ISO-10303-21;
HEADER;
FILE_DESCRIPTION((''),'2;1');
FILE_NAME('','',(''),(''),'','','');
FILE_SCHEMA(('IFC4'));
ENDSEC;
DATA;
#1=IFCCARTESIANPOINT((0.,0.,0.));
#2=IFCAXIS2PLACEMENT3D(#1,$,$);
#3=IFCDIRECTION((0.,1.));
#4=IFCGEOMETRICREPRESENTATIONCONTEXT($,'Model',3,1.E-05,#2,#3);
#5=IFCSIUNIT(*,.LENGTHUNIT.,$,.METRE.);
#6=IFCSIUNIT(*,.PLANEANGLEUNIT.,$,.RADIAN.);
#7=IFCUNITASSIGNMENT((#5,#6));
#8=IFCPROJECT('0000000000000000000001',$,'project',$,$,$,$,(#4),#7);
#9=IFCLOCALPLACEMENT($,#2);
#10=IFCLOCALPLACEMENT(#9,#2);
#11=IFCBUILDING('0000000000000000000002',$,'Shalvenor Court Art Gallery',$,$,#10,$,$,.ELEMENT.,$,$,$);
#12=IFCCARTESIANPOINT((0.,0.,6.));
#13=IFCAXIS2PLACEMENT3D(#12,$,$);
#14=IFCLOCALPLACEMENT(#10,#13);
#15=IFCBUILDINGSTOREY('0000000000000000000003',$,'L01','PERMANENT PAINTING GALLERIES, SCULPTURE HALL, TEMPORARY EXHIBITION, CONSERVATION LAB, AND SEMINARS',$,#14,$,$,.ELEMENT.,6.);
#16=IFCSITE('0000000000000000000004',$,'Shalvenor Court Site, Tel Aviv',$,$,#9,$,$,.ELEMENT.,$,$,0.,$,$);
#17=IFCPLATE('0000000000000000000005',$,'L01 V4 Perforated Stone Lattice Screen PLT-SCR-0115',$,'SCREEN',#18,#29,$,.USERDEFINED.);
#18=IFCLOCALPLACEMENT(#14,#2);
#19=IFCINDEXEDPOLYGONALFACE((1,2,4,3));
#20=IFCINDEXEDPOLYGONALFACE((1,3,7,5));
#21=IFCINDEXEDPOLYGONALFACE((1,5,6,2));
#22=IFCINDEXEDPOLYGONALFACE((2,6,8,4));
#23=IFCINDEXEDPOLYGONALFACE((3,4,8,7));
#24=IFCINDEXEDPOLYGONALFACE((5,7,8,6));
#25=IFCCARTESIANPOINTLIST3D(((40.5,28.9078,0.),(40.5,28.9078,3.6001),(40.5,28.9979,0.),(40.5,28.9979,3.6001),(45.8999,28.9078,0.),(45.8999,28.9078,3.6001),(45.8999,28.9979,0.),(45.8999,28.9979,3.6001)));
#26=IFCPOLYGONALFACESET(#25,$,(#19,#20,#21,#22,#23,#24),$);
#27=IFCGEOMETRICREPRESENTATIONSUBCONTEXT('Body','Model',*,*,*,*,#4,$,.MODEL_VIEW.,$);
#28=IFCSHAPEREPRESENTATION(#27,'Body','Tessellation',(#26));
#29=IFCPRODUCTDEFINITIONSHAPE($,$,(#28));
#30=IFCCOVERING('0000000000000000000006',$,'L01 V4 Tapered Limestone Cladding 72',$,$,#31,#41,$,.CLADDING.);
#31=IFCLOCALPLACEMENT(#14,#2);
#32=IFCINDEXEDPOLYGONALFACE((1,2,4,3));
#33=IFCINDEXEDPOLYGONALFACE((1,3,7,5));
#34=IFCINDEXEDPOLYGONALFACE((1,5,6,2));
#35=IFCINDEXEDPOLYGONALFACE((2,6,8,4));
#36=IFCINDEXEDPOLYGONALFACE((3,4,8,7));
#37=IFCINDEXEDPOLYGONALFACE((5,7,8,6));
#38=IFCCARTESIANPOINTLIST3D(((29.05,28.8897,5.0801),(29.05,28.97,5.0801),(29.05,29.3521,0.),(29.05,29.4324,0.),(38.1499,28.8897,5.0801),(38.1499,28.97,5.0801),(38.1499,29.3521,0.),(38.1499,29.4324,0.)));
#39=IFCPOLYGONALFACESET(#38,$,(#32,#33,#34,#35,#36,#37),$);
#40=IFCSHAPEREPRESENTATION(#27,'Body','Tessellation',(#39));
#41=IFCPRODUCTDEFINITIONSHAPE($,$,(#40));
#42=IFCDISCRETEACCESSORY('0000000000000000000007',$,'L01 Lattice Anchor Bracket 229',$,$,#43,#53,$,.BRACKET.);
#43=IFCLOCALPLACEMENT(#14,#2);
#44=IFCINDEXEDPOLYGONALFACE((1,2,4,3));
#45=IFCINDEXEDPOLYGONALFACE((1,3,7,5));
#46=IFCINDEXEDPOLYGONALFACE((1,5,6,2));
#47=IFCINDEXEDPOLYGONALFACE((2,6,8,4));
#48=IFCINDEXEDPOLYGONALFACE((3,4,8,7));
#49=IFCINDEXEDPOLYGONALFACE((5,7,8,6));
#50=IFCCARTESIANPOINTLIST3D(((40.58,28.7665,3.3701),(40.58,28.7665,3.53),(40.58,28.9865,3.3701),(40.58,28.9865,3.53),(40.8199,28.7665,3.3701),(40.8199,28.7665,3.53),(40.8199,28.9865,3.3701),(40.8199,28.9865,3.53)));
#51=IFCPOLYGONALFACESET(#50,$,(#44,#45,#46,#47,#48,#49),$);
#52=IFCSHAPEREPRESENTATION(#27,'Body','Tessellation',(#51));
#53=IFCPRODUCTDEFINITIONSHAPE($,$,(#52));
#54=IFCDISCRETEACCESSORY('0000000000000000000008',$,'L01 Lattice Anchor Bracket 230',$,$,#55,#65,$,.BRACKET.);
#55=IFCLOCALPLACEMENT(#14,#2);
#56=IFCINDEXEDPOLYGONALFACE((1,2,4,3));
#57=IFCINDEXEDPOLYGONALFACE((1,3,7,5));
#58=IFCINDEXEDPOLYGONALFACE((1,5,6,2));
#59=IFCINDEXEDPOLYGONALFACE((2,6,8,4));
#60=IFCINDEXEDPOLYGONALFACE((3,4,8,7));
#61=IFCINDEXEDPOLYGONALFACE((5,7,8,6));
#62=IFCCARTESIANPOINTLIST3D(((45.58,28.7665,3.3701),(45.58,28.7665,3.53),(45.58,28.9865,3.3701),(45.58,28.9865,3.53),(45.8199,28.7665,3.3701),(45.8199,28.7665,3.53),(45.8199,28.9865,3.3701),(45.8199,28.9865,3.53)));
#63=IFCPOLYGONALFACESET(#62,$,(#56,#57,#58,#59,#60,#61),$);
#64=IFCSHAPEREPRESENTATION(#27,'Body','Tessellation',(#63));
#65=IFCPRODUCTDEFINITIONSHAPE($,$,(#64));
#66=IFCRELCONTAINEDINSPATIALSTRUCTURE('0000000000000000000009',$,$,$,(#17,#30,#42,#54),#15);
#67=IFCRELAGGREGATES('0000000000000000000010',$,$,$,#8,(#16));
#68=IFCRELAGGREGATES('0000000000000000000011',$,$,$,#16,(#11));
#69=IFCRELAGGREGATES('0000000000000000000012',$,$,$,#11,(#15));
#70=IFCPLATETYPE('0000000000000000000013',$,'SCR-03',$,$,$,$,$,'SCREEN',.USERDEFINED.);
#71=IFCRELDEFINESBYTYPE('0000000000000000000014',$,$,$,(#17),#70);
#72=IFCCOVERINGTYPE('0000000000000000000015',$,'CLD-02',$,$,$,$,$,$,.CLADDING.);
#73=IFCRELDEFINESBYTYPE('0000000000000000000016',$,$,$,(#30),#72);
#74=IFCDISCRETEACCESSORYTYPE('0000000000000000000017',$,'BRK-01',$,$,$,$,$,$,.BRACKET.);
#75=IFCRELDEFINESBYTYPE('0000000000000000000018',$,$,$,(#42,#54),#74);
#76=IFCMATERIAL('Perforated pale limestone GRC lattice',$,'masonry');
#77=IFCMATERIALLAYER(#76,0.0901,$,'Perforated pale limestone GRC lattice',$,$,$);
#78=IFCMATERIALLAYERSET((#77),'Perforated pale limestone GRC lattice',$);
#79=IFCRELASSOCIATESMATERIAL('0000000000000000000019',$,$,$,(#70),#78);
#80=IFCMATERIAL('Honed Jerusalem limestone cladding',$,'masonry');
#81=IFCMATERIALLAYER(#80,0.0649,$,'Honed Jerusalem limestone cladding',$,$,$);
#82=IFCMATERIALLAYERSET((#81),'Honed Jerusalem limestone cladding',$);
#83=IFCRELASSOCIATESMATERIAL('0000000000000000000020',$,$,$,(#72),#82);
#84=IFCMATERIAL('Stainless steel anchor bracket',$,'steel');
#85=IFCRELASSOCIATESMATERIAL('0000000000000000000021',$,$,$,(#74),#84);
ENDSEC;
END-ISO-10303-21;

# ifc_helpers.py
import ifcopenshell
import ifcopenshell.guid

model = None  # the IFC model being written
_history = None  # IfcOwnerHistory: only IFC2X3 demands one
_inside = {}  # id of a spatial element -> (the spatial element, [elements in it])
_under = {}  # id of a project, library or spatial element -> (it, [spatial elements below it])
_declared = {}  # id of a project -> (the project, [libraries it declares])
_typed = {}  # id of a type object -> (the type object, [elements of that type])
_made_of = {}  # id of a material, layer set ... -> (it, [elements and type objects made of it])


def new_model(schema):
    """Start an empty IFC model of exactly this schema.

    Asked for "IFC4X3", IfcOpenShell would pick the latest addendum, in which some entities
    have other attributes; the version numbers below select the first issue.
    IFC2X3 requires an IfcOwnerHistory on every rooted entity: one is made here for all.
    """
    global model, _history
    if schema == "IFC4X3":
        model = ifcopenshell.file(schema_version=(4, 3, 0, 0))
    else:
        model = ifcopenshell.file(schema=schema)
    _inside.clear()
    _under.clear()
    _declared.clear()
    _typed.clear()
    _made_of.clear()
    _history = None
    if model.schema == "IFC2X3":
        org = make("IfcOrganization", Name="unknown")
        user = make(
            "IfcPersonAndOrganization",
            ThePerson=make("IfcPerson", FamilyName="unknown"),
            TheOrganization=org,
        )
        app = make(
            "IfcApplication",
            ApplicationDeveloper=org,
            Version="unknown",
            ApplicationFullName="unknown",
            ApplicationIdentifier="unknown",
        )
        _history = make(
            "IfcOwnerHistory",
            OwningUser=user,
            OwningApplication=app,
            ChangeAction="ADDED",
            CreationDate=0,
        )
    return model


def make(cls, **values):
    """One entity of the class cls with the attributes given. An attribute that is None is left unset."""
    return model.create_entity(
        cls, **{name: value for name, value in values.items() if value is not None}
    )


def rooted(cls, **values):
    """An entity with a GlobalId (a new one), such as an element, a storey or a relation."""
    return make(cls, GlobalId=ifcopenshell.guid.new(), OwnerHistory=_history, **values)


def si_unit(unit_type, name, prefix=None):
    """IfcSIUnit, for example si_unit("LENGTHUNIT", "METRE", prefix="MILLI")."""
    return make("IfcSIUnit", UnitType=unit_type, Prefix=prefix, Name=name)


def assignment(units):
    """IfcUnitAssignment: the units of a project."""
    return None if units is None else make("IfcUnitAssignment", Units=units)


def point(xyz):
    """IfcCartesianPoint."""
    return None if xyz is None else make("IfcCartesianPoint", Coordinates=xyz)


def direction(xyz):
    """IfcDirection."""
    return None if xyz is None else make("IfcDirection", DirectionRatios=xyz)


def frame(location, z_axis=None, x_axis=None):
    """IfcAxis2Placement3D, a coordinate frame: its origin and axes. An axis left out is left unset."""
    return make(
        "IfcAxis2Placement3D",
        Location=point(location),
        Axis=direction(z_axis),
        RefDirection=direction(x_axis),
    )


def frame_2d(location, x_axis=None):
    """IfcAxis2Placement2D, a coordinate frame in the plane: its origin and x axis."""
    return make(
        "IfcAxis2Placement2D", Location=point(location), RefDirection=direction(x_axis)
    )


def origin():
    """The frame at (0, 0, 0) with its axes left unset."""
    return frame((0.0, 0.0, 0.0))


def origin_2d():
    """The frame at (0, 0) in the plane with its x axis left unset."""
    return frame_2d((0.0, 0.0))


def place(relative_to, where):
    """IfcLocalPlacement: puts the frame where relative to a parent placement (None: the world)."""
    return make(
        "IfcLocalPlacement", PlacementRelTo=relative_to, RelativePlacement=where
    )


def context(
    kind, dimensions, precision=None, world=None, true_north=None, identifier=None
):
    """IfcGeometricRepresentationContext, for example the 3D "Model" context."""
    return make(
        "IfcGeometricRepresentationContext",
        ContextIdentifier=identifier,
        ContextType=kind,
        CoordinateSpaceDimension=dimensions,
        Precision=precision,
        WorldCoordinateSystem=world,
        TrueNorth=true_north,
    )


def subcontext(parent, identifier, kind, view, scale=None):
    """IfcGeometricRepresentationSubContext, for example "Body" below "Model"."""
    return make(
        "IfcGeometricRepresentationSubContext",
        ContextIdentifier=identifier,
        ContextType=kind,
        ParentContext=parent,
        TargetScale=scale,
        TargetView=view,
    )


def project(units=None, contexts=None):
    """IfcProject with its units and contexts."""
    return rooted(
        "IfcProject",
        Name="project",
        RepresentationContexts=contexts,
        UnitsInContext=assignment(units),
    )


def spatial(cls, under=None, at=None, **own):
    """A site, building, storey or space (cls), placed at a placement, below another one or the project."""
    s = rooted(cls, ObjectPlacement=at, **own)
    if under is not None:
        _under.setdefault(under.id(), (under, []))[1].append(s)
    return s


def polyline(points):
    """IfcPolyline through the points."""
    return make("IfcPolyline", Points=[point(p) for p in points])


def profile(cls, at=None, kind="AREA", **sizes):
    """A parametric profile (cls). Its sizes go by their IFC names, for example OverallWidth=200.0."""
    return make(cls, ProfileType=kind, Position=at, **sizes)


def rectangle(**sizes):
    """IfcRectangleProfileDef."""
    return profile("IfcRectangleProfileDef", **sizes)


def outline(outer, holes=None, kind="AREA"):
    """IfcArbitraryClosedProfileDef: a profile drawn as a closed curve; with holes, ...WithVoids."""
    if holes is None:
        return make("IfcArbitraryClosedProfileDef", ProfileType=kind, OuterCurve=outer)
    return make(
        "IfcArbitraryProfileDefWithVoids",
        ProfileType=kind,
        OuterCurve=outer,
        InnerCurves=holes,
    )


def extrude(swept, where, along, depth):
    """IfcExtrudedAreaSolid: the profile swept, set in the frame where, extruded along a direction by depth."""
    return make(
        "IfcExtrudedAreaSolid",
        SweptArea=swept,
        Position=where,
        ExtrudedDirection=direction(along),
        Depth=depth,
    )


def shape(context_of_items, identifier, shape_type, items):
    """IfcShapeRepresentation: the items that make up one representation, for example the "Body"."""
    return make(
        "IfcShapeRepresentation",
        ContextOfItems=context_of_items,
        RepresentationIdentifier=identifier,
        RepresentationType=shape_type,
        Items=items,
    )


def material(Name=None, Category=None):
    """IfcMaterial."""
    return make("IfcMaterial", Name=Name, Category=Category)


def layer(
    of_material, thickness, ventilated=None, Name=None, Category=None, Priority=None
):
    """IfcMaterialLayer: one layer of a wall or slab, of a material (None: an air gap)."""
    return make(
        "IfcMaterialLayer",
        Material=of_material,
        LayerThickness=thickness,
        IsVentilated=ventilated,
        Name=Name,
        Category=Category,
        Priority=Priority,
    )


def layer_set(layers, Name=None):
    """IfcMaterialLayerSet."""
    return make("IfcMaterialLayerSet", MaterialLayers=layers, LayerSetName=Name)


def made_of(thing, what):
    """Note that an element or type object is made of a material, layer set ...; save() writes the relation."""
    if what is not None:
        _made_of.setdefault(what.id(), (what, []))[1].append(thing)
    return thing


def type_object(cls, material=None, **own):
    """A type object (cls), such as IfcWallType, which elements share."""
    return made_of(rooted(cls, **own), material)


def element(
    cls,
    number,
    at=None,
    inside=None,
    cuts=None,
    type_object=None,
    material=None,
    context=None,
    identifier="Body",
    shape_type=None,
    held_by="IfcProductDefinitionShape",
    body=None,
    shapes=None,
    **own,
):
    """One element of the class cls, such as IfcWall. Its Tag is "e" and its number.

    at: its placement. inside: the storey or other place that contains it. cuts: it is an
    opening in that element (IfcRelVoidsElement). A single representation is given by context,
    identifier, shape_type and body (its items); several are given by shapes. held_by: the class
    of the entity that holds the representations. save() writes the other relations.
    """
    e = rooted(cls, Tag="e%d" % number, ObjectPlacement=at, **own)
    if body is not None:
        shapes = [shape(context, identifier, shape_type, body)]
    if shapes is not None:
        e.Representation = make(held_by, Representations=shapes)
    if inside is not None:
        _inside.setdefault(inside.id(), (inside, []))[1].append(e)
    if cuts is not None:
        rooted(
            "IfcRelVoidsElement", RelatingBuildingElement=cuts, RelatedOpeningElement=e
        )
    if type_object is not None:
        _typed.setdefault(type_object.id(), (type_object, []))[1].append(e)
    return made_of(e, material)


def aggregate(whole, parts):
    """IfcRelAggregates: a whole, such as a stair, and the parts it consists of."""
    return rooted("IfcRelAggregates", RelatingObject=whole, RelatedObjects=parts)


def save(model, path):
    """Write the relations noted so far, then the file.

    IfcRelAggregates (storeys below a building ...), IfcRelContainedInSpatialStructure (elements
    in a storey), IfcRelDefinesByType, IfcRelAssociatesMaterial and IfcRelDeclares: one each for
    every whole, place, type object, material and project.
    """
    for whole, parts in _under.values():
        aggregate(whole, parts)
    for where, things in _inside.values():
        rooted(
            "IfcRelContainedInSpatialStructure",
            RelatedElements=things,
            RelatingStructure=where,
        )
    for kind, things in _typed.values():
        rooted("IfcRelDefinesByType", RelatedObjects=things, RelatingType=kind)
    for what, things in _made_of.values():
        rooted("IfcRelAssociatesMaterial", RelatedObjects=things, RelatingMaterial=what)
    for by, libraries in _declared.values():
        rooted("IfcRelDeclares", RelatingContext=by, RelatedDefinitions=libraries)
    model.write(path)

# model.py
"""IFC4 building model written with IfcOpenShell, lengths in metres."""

from ifc_helpers import new_model, si_unit, direction, frame, origin, origin_2d, place, context, subcontext, project, spatial, polyline, rectangle, outline, extrude, material, layer, layer_set, type_object, element, save


model = new_model("IFC4")

# Units and contexts
model_context = context("Model", 3, precision=1e-05, world=origin(), true_north=direction((0.0, 1.0)))
body_context = subcontext(model_context, "Body", "Model", "MODEL_VIEW")
ifc_project = project(units=[si_unit("LENGTHUNIT", "METRE"), si_unit("PLANEANGLEUNIT", "RADIAN")], contexts=[model_context])

# Site, building, storey
site_placement = place(None, origin())
site = spatial("IfcSite", under=ifc_project, at=site_placement, Name="Shalvenor Court Site, Tel Aviv", CompositionType="ELEMENT", RefElevation=0.0)
building_placement = place(site_placement, origin())
building = spatial("IfcBuilding", under=site, at=building_placement, Name="Shalvenor Court Art Gallery", CompositionType="ELEMENT")
storey_placement = place(building_placement, frame((0.0, 0.0, 6.0)))
storey = spatial("IfcBuildingStorey", under=building, at=storey_placement, Name="L01", Description="PERMANENT PAINTING GALLERIES, SCULPTURE HALL, TEMPORARY EXHIBITION, CONSERVATION LAB, AND SEMINARS", CompositionType="ELEMENT", Elevation=6.0)

# Plate
ifc_material_1 = material(Name="Perforated pale limestone GRC lattice", Category="masonry")
ifc_layer_1 = layer(ifc_material_1, 0.0901, Name="Perforated pale limestone GRC lattice")
ifc_layer_set_1 = layer_set([ifc_layer_1], Name="Perforated pale limestone GRC lattice")
plate_type_1 = type_object("IfcPlateType", Name="SCR-03", ElementType="SCREEN", PredefinedType="USERDEFINED", material=ifc_layer_set_1)
plate_1_placement = place(storey_placement, frame((43.2, 28.9529, 0.0), z_axis=(0.0, 0.0, 1.0), x_axis=(1.0, 0.0, 0.0)))
element("IfcPlate", 1, at=plate_1_placement, inside=storey, type_object=plate_type_1, Name="L01 V4 Perforated Stone Lattice Screen PLT-SCR-0115", ObjectType="SCREEN", PredefinedType="USERDEFINED", context=body_context, shape_type="SweptSolid", body=[
    extrude(rectangle(XDim=5.3999, YDim=0.0901, at=origin_2d()), origin(), (0.0, 0.0, 1.0), 3.6001),
])

# Covering
ifc_material_2 = material(Name="Honed Jerusalem limestone cladding", Category="masonry")
ifc_layer_2 = layer(ifc_material_2, 0.0649, Name="Honed Jerusalem limestone cladding")
ifc_layer_set_2 = layer_set([ifc_layer_2], Name="Honed Jerusalem limestone cladding")
covering_type = type_object("IfcCoveringType", Name="CLD-02", PredefinedType="CLADDING", material=ifc_layer_set_2)
covering_placement = place(storey_placement, frame((38.1499, 29.4324, 0.0), z_axis=(0.0, 0.0, 1.0), x_axis=(-1.0, 0.0, 0.0)))
element("IfcCovering", 2, at=covering_placement, inside=storey, type_object=covering_type, Name="L01 V4 Tapered Limestone Cladding 72", PredefinedType="CLADDING", context=body_context, shape_type="SweptSolid", body=[
    extrude(outline(polyline([(0.0, 0.0), (9.0999, 0.0), (9.0999, 5.1011), (0.0, 5.1011), (0.0, 0.0)])), frame((0.0, 0.0, 0.0), z_axis=(0.0, -0.995884, 0.090633), x_axis=(1.0, 0.0, 0.0)), (0.0, 0.090633, -0.995884), 0.0803),
])

# Discrete accessories
ifc_material_3 = material(Name="Stainless steel anchor bracket", Category="steel")
discrete_accessory_type = type_object("IfcDiscreteAccessoryType", Name="BRK-01", PredefinedType="BRACKET", material=ifc_material_3)
for number, where, z_axis, x_axis, name in (
    (3, (40.7, 28.8765, 3.3701), (0.0, 0.0, 1.0), (1.0, 0.0, 0.0), "L01 Lattice Anchor Bracket 229"),
    (4, (45.7, 28.8765, 3.3701), (0.0, 0.0, 1.0), (1.0, 0.0, 0.0), "L01 Lattice Anchor Bracket 230"),
):
    element("IfcDiscreteAccessory", number, at=place(storey_placement, frame(where, z_axis=z_axis, x_axis=x_axis)), inside=storey, type_object=discrete_accessory_type, Name=name, PredefinedType="BRACKET", context=body_context, shape_type="SweptSolid", body=[
        extrude(rectangle(XDim=0.24, YDim=0.22, at=origin_2d()), origin(), (0.0, 0.0, 1.0), 0.1599),
    ])

save(model, "model.ifc")
